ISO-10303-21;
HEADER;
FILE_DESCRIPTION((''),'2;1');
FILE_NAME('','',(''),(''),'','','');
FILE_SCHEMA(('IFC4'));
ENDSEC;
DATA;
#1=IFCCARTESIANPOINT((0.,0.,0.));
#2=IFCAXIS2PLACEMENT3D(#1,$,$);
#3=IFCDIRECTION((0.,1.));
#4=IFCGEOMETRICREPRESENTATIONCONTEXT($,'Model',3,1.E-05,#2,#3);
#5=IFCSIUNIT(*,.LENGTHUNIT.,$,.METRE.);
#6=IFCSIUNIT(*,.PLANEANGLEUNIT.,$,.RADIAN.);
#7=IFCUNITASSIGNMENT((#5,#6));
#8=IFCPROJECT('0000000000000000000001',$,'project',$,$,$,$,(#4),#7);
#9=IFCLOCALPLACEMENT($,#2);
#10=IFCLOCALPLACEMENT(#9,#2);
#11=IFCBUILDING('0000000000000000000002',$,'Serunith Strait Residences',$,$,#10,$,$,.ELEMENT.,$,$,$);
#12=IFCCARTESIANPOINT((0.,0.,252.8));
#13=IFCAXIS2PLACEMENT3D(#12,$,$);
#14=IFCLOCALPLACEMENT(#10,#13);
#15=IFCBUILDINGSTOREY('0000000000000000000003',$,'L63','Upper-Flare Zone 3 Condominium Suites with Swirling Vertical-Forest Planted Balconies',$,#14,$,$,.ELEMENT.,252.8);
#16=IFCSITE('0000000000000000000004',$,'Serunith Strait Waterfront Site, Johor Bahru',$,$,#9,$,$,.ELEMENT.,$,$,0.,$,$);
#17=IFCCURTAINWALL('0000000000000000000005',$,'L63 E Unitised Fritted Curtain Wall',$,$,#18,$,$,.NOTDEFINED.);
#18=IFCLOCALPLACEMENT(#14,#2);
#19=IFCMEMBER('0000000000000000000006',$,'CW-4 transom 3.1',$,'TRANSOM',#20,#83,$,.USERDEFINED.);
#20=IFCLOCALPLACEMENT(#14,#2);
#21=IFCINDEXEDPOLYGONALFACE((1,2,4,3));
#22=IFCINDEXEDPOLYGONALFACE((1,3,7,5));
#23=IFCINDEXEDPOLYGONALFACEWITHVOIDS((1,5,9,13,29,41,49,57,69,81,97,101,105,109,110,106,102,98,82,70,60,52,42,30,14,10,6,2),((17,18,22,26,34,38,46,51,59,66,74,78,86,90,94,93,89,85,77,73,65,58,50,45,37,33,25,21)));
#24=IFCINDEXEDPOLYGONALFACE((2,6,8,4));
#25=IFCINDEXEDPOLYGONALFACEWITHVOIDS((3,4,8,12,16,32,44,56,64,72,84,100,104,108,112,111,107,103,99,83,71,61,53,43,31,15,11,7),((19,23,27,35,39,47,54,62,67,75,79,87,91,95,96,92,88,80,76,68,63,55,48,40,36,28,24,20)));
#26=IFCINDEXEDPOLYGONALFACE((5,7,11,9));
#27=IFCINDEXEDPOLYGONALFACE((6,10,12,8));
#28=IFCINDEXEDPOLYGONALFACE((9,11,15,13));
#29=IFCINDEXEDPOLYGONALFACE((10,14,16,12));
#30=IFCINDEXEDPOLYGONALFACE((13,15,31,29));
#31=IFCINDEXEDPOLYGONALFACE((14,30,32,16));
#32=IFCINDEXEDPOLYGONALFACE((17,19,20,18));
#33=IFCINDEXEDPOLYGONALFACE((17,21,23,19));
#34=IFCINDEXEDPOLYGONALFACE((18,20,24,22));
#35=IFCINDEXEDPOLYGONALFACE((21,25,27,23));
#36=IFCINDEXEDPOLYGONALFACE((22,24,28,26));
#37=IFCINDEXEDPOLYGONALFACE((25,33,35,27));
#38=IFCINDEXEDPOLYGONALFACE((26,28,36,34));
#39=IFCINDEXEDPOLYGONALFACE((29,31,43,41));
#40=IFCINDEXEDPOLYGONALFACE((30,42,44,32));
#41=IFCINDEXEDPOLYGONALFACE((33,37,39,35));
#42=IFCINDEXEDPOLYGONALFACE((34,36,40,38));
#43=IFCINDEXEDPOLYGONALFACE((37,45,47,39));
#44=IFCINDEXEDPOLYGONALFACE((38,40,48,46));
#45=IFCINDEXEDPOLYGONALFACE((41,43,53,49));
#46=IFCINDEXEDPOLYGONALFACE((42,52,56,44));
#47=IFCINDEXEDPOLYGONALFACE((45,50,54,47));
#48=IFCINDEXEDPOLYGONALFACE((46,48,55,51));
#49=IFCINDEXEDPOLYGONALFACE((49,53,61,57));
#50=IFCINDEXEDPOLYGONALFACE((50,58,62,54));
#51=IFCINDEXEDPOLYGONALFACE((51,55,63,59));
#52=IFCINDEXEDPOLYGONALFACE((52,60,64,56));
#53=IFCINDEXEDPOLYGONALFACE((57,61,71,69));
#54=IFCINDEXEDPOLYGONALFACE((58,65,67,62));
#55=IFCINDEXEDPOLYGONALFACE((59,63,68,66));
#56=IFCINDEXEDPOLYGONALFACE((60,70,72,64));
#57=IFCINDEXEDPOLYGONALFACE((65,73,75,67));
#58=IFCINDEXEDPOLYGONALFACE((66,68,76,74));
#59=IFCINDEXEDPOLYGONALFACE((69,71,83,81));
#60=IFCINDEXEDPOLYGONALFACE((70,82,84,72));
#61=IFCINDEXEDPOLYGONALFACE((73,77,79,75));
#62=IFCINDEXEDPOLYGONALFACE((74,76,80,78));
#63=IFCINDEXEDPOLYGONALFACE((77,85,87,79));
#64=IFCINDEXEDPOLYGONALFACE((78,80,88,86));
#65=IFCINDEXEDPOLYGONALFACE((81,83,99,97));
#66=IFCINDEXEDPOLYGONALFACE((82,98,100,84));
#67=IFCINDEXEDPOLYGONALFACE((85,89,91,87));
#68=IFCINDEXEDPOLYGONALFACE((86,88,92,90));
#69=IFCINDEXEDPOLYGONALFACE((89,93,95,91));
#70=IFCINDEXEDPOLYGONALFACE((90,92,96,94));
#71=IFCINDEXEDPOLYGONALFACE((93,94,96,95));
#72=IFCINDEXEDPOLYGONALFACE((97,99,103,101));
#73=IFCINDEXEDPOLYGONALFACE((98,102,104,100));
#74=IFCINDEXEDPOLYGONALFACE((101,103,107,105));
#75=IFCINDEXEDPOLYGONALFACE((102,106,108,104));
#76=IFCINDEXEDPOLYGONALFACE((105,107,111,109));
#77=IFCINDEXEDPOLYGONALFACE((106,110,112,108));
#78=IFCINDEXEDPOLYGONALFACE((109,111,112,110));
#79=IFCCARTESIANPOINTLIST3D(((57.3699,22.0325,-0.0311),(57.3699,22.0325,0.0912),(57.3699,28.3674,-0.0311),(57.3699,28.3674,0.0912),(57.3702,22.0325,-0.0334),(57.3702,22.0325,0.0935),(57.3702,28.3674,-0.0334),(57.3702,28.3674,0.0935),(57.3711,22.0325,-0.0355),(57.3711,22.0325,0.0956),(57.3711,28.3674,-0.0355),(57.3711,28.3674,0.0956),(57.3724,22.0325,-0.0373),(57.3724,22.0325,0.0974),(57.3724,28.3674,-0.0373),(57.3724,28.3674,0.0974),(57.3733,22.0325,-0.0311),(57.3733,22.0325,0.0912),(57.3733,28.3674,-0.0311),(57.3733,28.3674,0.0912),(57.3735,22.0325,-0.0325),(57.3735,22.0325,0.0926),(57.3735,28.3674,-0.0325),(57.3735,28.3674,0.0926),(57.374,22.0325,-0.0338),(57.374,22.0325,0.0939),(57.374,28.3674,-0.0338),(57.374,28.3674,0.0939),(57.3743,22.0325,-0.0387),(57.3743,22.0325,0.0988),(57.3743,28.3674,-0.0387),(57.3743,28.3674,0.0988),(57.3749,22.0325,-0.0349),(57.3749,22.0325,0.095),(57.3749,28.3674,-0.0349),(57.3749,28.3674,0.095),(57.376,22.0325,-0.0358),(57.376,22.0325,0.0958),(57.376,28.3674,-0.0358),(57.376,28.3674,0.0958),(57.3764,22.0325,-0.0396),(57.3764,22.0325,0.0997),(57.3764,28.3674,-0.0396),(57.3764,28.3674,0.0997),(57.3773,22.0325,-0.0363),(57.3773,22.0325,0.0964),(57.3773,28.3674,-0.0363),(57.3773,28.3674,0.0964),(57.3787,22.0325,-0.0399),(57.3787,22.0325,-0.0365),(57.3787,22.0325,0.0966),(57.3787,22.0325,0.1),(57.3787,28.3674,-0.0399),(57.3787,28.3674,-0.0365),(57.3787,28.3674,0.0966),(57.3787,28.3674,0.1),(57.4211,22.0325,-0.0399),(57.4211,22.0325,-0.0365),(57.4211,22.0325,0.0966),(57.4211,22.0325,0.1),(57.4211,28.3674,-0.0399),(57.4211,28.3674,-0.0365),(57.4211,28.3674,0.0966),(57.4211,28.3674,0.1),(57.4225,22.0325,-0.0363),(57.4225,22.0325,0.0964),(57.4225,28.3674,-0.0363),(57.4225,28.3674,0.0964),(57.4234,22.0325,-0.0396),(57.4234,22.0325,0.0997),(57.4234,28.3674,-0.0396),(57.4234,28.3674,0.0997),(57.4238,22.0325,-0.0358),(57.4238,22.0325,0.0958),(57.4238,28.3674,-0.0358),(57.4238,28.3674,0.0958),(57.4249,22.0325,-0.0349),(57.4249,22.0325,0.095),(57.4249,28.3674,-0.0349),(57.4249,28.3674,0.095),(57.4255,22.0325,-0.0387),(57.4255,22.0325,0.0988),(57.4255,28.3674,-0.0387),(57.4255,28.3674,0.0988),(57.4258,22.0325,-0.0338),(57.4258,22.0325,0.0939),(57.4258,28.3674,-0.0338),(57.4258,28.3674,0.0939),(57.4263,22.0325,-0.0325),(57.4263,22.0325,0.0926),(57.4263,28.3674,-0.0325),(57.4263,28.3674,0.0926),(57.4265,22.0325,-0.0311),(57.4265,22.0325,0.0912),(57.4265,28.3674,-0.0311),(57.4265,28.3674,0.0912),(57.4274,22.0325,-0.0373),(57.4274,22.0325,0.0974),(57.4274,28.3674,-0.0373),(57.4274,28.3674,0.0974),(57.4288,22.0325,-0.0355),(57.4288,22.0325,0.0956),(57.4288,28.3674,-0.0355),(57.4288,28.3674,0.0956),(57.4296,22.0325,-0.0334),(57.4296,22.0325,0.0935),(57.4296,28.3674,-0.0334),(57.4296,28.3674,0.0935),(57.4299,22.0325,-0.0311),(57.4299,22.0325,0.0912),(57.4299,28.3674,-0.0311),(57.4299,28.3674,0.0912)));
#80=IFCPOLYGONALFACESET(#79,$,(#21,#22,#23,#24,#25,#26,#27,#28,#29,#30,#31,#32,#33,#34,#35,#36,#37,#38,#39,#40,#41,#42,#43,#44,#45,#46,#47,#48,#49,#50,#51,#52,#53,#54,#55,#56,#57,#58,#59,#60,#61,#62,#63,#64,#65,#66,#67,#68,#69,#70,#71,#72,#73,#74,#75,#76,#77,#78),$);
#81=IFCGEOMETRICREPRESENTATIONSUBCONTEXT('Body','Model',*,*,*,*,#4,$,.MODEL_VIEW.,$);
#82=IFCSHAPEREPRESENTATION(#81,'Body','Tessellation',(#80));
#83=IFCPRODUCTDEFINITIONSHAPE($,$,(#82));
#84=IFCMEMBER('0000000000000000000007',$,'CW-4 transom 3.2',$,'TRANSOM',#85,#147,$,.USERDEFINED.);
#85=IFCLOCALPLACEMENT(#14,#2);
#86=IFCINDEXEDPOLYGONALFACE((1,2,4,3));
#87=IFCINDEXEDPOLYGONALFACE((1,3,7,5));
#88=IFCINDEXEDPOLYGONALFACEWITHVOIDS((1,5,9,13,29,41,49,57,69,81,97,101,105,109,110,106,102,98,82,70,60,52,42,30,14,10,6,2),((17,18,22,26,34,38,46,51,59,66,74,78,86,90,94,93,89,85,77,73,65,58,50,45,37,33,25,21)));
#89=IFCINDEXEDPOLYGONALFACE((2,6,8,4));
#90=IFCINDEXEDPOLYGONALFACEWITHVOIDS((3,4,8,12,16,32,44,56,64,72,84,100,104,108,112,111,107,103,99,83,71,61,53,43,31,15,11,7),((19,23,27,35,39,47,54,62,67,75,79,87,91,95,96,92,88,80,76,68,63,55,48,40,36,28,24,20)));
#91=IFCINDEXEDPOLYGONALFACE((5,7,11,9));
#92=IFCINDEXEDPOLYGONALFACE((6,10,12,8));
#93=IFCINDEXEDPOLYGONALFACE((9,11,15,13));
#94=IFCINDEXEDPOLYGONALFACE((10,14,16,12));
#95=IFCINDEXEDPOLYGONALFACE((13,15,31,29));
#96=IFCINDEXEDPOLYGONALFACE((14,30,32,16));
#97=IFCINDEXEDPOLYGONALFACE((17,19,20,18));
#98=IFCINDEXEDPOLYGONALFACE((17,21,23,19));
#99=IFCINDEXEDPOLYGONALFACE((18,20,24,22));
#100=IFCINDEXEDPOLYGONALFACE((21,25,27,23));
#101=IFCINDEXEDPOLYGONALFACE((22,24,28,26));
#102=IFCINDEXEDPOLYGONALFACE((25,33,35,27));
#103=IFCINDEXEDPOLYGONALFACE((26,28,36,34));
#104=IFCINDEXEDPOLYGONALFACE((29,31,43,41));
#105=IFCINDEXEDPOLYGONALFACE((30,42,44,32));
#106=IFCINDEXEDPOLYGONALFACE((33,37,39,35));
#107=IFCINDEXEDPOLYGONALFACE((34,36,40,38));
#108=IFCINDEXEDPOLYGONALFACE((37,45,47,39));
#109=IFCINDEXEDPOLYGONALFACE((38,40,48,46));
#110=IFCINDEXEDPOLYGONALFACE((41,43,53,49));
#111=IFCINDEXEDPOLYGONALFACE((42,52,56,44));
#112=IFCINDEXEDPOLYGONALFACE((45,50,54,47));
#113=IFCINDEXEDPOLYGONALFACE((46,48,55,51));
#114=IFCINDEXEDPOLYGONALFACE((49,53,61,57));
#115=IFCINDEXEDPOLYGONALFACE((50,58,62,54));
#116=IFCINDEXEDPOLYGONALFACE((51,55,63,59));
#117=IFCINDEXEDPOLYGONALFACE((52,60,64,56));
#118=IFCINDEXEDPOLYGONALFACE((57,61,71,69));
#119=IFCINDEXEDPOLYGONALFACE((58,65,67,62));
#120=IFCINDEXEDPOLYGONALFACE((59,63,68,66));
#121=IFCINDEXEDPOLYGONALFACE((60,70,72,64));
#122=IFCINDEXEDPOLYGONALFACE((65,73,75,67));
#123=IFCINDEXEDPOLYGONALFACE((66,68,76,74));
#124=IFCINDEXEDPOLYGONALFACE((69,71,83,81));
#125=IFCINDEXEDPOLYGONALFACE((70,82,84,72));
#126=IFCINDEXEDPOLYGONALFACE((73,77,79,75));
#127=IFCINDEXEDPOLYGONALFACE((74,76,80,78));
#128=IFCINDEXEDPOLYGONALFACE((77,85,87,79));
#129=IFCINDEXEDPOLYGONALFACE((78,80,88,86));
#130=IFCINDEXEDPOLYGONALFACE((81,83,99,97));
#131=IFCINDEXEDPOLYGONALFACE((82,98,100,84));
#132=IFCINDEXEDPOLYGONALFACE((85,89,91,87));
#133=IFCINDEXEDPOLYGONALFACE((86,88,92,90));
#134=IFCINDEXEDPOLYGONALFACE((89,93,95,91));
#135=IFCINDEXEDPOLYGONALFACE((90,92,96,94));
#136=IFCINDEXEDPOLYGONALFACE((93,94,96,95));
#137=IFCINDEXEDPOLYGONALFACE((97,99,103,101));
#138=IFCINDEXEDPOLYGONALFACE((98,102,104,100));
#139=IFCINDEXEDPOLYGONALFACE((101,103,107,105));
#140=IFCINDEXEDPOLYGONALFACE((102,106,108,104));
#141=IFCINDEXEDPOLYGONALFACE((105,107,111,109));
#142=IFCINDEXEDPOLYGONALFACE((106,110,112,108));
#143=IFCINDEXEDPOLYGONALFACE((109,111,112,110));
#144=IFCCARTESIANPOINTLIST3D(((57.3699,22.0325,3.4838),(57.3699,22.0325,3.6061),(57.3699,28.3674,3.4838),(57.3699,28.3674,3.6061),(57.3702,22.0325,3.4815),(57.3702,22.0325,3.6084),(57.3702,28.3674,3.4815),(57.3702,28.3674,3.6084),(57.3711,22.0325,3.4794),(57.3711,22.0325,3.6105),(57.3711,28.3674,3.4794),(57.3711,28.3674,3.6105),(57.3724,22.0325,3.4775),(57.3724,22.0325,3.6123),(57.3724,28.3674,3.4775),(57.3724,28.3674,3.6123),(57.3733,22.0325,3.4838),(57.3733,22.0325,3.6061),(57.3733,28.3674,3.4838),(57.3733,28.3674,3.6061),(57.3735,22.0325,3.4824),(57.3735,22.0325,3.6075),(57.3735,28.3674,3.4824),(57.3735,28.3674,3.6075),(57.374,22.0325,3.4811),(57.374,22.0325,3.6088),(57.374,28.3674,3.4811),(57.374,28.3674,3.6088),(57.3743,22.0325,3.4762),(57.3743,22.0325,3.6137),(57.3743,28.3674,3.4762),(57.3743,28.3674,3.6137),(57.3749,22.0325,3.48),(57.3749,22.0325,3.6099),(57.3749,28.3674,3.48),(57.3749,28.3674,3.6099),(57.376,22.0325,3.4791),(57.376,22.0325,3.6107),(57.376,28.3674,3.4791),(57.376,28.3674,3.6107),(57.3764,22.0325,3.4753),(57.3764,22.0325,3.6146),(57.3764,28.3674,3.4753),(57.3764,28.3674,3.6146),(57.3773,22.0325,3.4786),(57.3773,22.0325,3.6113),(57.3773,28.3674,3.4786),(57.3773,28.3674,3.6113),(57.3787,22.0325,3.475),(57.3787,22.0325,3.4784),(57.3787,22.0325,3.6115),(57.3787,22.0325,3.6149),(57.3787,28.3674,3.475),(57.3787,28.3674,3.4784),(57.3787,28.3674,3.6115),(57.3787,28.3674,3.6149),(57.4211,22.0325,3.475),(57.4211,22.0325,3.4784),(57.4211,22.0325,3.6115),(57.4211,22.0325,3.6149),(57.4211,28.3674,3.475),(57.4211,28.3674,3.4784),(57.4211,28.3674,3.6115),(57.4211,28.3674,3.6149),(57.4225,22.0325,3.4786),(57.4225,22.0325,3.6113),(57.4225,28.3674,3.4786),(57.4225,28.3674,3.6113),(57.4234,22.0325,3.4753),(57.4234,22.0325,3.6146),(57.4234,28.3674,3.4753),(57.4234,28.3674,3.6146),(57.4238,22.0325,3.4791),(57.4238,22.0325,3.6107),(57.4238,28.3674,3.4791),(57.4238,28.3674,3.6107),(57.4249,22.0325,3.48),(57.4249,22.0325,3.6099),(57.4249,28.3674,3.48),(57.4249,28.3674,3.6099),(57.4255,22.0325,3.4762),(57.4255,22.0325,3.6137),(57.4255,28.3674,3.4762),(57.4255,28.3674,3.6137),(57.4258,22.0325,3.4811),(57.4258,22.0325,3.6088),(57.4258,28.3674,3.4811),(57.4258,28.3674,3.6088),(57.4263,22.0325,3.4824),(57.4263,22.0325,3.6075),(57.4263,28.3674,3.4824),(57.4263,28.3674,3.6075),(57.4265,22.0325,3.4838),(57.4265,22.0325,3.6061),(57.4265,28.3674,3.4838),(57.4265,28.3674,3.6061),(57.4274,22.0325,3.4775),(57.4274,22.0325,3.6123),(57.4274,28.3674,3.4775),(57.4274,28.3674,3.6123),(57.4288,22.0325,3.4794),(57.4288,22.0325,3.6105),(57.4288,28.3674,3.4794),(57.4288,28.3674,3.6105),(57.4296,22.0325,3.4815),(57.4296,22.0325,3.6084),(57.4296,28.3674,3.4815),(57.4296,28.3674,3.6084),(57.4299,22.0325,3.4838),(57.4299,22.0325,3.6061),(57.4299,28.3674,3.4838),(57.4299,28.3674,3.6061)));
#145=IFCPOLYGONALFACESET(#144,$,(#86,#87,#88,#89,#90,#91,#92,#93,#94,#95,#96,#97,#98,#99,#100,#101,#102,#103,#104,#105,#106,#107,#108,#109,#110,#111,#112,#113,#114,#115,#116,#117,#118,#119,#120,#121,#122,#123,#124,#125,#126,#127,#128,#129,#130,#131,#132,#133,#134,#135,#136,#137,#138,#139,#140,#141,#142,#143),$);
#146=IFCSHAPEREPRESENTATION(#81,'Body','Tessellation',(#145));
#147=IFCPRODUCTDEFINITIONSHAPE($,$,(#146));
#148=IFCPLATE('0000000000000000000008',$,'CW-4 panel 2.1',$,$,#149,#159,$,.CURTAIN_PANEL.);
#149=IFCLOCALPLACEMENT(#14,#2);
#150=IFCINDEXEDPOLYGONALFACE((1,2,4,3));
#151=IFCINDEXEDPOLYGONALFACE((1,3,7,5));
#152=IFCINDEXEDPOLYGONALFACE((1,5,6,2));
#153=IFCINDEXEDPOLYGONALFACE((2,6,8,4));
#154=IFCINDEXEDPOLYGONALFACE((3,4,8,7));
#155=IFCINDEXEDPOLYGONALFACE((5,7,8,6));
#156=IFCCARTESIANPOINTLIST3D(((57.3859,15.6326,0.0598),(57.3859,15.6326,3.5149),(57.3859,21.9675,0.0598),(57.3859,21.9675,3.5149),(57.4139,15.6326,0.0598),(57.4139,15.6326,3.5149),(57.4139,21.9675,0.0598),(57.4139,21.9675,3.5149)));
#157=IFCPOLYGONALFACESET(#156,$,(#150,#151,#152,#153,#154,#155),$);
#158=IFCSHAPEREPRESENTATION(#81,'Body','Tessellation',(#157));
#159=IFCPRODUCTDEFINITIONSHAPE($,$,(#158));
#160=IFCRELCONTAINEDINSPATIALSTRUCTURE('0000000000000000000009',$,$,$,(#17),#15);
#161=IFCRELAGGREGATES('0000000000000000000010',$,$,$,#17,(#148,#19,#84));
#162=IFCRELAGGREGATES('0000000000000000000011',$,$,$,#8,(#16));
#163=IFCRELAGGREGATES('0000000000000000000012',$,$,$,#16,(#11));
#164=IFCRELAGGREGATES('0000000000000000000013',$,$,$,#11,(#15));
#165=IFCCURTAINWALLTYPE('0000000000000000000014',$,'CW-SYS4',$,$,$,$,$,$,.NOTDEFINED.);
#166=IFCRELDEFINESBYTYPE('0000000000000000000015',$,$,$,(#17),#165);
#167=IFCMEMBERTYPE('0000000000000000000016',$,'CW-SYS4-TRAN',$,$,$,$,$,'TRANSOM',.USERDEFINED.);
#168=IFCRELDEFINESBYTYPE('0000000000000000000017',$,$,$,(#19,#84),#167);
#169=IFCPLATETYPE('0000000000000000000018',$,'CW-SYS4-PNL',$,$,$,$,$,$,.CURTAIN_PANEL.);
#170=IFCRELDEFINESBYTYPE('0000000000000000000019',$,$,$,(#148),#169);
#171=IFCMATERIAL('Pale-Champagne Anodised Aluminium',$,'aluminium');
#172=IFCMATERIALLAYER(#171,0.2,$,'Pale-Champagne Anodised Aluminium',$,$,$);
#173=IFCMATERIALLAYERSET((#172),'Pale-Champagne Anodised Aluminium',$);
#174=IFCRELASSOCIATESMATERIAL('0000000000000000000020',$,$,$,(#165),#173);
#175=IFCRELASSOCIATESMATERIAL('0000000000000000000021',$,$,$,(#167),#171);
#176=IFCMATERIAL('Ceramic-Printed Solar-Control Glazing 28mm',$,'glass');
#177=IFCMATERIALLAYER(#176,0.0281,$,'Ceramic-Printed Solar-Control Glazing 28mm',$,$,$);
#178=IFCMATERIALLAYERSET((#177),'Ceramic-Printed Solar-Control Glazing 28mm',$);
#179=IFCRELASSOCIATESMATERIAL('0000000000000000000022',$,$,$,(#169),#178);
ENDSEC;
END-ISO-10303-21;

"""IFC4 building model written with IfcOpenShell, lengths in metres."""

from ifc_helpers import new_model, si_unit, direction, frame, origin, origin_2d, place, context, subcontext, project, spatial, rectangle, hollow_rectangle, extrude, source, transform, mapped, material, layer, layer_set, material_profile, profile_set, type_object, element, aggregate, save


model = new_model("IFC4")

# Units and contexts
model_context = context("Model", 3, precision=1e-05, world=origin(), true_north=direction((0.0, 1.0)))
body_context = subcontext(model_context, "Body", "Model", "MODEL_VIEW")
ifc_project = project(units=[si_unit("LENGTHUNIT", "METRE"), si_unit("PLANEANGLEUNIT", "RADIAN")], contexts=[model_context])

# Site, building, storey
site_placement = place(None, origin())
site = spatial("IfcSite", under=ifc_project, at=site_placement, Name="Serunith Strait Waterfront Site, Johor Bahru", CompositionType="ELEMENT", RefElevation=0.0)
building_placement = place(site_placement, origin())
building = spatial("IfcBuilding", under=site, at=building_placement, Name="Serunith Strait Residences", CompositionType="ELEMENT")
storey_placement = place(building_placement, frame((0.0, 0.0, 252.8)))
storey = spatial("IfcBuildingStorey", under=building, at=storey_placement, Name="L63", Description="Upper-Flare Zone 3 Condominium Suites with Swirling Vertical-Forest Planted Balconies", CompositionType="ELEMENT", Elevation=252.8)

# Curtain wall, members, plate
ifc_material_1 = material(Name="Pale-Champagne Anodised Aluminium", Category="aluminium")
ifc_layer_1 = layer(ifc_material_1, 0.2, Name="Pale-Champagne Anodised Aluminium")
ifc_layer_set_1 = layer_set([ifc_layer_1], Name="Pale-Champagne Anodised Aluminium")
curtain_wall_type = type_object("IfcCurtainWallType", Name="CW-SYS4", PredefinedType="NOTDEFINED", material=ifc_layer_set_1)
curtain_wall_placement = place(storey_placement, origin())
curtain_wall = element("IfcCurtainWall", 1, at=curtain_wall_placement, inside=storey, type_object=curtain_wall_type, Name="L63 E Unitised Fritted Curtain Wall", PredefinedType="NOTDEFINED")
ifc_material_profile_1 = material_profile(ifc_material_1, hollow_rectangle(XDim=0.0601, YDim=0.1399, WallThickness=0.0034, InnerFilletRadius=0.0054, OuterFilletRadius=0.0088, at=origin_2d()), Name="ALU 140x60x3.5")
ifc_profile_set_1 = profile_set([ifc_material_profile_1], Name="Pale-Champagne Anodised Aluminium")
member_type_1 = type_object("IfcMemberType", Name="CW-SYS4-TRAN", ElementType="TRANSOM", PredefinedType="USERDEFINED", material=ifc_profile_set_1)
shared_shape_1 = source(origin(), body_context, "Body", "SweptSolid", [
    extrude(hollow_rectangle(XDim=0.0601, YDim=0.1399, WallThickness=0.0034, InnerFilletRadius=0.0054, OuterFilletRadius=0.0088, at=origin_2d()), origin(), (0.0, 0.0, 1.0), 6.335),
])
member_1_placement = place(storey_placement, frame((57.3999, 22.0325, 0.03), z_axis=(0.0, 1.0, 0.0), x_axis=(-1.0, 0.0, 0.0)))
member_1 = element("IfcMember", 2, at=member_1_placement, type_object=member_type_1, Name="CW-4 transom 3.1", ObjectType="TRANSOM", PredefinedType="USERDEFINED", context=body_context, shape_type="MappedRepresentation", body=[
    mapped(shared_shape_1, transform((0.0, 0.0, 0.0), scale=1.0)),
])
member_2_placement = place(storey_placement, frame((57.3999, 22.0325, 3.5449), z_axis=(0.0, 1.0, 0.0), x_axis=(-1.0, 0.0, 0.0)))
member_2 = element("IfcMember", 3, at=member_2_placement, type_object=member_type_1, Name="CW-4 transom 3.2", ObjectType="TRANSOM", PredefinedType="USERDEFINED", context=body_context, shape_type="MappedRepresentation", body=[
    mapped(shared_shape_1, transform((0.0, 0.0, 0.0), scale=1.0)),
])
ifc_material_2 = material(Name="Ceramic-Printed Solar-Control Glazing 28mm", Category="glass")
ifc_layer_2 = layer(ifc_material_2, 0.0281, Name="Ceramic-Printed Solar-Control Glazing 28mm")
ifc_layer_set_2 = layer_set([ifc_layer_2], Name="Ceramic-Printed Solar-Control Glazing 28mm")
plate_type = type_object("IfcPlateType", Name="CW-SYS4-PNL", PredefinedType="CURTAIN_PANEL", material=ifc_layer_set_2)
shared_shape_2 = source(origin(), body_context, "Body", "SweptSolid", [
    extrude(rectangle(XDim=6.335, YDim=0.0281, at=origin_2d()), origin(), (0.0, 0.0, 1.0), 3.4551),
])
plate_placement = place(storey_placement, frame((57.3999, 18.8, 0.0598), z_axis=(0.0, 0.0, 1.0), x_axis=(0.0, 1.0, 0.0)))
plate = element("IfcPlate", 4, at=plate_placement, type_object=plate_type, Name="CW-4 panel 2.1", PredefinedType="CURTAIN_PANEL", context=body_context, shape_type="MappedRepresentation", body=[
    mapped(shared_shape_2, transform((0.0, 0.0, 0.0), scale=1.0)),
])
aggregate(curtain_wall, [plate, member_1, member_2])

save(model, "model.ifc")
